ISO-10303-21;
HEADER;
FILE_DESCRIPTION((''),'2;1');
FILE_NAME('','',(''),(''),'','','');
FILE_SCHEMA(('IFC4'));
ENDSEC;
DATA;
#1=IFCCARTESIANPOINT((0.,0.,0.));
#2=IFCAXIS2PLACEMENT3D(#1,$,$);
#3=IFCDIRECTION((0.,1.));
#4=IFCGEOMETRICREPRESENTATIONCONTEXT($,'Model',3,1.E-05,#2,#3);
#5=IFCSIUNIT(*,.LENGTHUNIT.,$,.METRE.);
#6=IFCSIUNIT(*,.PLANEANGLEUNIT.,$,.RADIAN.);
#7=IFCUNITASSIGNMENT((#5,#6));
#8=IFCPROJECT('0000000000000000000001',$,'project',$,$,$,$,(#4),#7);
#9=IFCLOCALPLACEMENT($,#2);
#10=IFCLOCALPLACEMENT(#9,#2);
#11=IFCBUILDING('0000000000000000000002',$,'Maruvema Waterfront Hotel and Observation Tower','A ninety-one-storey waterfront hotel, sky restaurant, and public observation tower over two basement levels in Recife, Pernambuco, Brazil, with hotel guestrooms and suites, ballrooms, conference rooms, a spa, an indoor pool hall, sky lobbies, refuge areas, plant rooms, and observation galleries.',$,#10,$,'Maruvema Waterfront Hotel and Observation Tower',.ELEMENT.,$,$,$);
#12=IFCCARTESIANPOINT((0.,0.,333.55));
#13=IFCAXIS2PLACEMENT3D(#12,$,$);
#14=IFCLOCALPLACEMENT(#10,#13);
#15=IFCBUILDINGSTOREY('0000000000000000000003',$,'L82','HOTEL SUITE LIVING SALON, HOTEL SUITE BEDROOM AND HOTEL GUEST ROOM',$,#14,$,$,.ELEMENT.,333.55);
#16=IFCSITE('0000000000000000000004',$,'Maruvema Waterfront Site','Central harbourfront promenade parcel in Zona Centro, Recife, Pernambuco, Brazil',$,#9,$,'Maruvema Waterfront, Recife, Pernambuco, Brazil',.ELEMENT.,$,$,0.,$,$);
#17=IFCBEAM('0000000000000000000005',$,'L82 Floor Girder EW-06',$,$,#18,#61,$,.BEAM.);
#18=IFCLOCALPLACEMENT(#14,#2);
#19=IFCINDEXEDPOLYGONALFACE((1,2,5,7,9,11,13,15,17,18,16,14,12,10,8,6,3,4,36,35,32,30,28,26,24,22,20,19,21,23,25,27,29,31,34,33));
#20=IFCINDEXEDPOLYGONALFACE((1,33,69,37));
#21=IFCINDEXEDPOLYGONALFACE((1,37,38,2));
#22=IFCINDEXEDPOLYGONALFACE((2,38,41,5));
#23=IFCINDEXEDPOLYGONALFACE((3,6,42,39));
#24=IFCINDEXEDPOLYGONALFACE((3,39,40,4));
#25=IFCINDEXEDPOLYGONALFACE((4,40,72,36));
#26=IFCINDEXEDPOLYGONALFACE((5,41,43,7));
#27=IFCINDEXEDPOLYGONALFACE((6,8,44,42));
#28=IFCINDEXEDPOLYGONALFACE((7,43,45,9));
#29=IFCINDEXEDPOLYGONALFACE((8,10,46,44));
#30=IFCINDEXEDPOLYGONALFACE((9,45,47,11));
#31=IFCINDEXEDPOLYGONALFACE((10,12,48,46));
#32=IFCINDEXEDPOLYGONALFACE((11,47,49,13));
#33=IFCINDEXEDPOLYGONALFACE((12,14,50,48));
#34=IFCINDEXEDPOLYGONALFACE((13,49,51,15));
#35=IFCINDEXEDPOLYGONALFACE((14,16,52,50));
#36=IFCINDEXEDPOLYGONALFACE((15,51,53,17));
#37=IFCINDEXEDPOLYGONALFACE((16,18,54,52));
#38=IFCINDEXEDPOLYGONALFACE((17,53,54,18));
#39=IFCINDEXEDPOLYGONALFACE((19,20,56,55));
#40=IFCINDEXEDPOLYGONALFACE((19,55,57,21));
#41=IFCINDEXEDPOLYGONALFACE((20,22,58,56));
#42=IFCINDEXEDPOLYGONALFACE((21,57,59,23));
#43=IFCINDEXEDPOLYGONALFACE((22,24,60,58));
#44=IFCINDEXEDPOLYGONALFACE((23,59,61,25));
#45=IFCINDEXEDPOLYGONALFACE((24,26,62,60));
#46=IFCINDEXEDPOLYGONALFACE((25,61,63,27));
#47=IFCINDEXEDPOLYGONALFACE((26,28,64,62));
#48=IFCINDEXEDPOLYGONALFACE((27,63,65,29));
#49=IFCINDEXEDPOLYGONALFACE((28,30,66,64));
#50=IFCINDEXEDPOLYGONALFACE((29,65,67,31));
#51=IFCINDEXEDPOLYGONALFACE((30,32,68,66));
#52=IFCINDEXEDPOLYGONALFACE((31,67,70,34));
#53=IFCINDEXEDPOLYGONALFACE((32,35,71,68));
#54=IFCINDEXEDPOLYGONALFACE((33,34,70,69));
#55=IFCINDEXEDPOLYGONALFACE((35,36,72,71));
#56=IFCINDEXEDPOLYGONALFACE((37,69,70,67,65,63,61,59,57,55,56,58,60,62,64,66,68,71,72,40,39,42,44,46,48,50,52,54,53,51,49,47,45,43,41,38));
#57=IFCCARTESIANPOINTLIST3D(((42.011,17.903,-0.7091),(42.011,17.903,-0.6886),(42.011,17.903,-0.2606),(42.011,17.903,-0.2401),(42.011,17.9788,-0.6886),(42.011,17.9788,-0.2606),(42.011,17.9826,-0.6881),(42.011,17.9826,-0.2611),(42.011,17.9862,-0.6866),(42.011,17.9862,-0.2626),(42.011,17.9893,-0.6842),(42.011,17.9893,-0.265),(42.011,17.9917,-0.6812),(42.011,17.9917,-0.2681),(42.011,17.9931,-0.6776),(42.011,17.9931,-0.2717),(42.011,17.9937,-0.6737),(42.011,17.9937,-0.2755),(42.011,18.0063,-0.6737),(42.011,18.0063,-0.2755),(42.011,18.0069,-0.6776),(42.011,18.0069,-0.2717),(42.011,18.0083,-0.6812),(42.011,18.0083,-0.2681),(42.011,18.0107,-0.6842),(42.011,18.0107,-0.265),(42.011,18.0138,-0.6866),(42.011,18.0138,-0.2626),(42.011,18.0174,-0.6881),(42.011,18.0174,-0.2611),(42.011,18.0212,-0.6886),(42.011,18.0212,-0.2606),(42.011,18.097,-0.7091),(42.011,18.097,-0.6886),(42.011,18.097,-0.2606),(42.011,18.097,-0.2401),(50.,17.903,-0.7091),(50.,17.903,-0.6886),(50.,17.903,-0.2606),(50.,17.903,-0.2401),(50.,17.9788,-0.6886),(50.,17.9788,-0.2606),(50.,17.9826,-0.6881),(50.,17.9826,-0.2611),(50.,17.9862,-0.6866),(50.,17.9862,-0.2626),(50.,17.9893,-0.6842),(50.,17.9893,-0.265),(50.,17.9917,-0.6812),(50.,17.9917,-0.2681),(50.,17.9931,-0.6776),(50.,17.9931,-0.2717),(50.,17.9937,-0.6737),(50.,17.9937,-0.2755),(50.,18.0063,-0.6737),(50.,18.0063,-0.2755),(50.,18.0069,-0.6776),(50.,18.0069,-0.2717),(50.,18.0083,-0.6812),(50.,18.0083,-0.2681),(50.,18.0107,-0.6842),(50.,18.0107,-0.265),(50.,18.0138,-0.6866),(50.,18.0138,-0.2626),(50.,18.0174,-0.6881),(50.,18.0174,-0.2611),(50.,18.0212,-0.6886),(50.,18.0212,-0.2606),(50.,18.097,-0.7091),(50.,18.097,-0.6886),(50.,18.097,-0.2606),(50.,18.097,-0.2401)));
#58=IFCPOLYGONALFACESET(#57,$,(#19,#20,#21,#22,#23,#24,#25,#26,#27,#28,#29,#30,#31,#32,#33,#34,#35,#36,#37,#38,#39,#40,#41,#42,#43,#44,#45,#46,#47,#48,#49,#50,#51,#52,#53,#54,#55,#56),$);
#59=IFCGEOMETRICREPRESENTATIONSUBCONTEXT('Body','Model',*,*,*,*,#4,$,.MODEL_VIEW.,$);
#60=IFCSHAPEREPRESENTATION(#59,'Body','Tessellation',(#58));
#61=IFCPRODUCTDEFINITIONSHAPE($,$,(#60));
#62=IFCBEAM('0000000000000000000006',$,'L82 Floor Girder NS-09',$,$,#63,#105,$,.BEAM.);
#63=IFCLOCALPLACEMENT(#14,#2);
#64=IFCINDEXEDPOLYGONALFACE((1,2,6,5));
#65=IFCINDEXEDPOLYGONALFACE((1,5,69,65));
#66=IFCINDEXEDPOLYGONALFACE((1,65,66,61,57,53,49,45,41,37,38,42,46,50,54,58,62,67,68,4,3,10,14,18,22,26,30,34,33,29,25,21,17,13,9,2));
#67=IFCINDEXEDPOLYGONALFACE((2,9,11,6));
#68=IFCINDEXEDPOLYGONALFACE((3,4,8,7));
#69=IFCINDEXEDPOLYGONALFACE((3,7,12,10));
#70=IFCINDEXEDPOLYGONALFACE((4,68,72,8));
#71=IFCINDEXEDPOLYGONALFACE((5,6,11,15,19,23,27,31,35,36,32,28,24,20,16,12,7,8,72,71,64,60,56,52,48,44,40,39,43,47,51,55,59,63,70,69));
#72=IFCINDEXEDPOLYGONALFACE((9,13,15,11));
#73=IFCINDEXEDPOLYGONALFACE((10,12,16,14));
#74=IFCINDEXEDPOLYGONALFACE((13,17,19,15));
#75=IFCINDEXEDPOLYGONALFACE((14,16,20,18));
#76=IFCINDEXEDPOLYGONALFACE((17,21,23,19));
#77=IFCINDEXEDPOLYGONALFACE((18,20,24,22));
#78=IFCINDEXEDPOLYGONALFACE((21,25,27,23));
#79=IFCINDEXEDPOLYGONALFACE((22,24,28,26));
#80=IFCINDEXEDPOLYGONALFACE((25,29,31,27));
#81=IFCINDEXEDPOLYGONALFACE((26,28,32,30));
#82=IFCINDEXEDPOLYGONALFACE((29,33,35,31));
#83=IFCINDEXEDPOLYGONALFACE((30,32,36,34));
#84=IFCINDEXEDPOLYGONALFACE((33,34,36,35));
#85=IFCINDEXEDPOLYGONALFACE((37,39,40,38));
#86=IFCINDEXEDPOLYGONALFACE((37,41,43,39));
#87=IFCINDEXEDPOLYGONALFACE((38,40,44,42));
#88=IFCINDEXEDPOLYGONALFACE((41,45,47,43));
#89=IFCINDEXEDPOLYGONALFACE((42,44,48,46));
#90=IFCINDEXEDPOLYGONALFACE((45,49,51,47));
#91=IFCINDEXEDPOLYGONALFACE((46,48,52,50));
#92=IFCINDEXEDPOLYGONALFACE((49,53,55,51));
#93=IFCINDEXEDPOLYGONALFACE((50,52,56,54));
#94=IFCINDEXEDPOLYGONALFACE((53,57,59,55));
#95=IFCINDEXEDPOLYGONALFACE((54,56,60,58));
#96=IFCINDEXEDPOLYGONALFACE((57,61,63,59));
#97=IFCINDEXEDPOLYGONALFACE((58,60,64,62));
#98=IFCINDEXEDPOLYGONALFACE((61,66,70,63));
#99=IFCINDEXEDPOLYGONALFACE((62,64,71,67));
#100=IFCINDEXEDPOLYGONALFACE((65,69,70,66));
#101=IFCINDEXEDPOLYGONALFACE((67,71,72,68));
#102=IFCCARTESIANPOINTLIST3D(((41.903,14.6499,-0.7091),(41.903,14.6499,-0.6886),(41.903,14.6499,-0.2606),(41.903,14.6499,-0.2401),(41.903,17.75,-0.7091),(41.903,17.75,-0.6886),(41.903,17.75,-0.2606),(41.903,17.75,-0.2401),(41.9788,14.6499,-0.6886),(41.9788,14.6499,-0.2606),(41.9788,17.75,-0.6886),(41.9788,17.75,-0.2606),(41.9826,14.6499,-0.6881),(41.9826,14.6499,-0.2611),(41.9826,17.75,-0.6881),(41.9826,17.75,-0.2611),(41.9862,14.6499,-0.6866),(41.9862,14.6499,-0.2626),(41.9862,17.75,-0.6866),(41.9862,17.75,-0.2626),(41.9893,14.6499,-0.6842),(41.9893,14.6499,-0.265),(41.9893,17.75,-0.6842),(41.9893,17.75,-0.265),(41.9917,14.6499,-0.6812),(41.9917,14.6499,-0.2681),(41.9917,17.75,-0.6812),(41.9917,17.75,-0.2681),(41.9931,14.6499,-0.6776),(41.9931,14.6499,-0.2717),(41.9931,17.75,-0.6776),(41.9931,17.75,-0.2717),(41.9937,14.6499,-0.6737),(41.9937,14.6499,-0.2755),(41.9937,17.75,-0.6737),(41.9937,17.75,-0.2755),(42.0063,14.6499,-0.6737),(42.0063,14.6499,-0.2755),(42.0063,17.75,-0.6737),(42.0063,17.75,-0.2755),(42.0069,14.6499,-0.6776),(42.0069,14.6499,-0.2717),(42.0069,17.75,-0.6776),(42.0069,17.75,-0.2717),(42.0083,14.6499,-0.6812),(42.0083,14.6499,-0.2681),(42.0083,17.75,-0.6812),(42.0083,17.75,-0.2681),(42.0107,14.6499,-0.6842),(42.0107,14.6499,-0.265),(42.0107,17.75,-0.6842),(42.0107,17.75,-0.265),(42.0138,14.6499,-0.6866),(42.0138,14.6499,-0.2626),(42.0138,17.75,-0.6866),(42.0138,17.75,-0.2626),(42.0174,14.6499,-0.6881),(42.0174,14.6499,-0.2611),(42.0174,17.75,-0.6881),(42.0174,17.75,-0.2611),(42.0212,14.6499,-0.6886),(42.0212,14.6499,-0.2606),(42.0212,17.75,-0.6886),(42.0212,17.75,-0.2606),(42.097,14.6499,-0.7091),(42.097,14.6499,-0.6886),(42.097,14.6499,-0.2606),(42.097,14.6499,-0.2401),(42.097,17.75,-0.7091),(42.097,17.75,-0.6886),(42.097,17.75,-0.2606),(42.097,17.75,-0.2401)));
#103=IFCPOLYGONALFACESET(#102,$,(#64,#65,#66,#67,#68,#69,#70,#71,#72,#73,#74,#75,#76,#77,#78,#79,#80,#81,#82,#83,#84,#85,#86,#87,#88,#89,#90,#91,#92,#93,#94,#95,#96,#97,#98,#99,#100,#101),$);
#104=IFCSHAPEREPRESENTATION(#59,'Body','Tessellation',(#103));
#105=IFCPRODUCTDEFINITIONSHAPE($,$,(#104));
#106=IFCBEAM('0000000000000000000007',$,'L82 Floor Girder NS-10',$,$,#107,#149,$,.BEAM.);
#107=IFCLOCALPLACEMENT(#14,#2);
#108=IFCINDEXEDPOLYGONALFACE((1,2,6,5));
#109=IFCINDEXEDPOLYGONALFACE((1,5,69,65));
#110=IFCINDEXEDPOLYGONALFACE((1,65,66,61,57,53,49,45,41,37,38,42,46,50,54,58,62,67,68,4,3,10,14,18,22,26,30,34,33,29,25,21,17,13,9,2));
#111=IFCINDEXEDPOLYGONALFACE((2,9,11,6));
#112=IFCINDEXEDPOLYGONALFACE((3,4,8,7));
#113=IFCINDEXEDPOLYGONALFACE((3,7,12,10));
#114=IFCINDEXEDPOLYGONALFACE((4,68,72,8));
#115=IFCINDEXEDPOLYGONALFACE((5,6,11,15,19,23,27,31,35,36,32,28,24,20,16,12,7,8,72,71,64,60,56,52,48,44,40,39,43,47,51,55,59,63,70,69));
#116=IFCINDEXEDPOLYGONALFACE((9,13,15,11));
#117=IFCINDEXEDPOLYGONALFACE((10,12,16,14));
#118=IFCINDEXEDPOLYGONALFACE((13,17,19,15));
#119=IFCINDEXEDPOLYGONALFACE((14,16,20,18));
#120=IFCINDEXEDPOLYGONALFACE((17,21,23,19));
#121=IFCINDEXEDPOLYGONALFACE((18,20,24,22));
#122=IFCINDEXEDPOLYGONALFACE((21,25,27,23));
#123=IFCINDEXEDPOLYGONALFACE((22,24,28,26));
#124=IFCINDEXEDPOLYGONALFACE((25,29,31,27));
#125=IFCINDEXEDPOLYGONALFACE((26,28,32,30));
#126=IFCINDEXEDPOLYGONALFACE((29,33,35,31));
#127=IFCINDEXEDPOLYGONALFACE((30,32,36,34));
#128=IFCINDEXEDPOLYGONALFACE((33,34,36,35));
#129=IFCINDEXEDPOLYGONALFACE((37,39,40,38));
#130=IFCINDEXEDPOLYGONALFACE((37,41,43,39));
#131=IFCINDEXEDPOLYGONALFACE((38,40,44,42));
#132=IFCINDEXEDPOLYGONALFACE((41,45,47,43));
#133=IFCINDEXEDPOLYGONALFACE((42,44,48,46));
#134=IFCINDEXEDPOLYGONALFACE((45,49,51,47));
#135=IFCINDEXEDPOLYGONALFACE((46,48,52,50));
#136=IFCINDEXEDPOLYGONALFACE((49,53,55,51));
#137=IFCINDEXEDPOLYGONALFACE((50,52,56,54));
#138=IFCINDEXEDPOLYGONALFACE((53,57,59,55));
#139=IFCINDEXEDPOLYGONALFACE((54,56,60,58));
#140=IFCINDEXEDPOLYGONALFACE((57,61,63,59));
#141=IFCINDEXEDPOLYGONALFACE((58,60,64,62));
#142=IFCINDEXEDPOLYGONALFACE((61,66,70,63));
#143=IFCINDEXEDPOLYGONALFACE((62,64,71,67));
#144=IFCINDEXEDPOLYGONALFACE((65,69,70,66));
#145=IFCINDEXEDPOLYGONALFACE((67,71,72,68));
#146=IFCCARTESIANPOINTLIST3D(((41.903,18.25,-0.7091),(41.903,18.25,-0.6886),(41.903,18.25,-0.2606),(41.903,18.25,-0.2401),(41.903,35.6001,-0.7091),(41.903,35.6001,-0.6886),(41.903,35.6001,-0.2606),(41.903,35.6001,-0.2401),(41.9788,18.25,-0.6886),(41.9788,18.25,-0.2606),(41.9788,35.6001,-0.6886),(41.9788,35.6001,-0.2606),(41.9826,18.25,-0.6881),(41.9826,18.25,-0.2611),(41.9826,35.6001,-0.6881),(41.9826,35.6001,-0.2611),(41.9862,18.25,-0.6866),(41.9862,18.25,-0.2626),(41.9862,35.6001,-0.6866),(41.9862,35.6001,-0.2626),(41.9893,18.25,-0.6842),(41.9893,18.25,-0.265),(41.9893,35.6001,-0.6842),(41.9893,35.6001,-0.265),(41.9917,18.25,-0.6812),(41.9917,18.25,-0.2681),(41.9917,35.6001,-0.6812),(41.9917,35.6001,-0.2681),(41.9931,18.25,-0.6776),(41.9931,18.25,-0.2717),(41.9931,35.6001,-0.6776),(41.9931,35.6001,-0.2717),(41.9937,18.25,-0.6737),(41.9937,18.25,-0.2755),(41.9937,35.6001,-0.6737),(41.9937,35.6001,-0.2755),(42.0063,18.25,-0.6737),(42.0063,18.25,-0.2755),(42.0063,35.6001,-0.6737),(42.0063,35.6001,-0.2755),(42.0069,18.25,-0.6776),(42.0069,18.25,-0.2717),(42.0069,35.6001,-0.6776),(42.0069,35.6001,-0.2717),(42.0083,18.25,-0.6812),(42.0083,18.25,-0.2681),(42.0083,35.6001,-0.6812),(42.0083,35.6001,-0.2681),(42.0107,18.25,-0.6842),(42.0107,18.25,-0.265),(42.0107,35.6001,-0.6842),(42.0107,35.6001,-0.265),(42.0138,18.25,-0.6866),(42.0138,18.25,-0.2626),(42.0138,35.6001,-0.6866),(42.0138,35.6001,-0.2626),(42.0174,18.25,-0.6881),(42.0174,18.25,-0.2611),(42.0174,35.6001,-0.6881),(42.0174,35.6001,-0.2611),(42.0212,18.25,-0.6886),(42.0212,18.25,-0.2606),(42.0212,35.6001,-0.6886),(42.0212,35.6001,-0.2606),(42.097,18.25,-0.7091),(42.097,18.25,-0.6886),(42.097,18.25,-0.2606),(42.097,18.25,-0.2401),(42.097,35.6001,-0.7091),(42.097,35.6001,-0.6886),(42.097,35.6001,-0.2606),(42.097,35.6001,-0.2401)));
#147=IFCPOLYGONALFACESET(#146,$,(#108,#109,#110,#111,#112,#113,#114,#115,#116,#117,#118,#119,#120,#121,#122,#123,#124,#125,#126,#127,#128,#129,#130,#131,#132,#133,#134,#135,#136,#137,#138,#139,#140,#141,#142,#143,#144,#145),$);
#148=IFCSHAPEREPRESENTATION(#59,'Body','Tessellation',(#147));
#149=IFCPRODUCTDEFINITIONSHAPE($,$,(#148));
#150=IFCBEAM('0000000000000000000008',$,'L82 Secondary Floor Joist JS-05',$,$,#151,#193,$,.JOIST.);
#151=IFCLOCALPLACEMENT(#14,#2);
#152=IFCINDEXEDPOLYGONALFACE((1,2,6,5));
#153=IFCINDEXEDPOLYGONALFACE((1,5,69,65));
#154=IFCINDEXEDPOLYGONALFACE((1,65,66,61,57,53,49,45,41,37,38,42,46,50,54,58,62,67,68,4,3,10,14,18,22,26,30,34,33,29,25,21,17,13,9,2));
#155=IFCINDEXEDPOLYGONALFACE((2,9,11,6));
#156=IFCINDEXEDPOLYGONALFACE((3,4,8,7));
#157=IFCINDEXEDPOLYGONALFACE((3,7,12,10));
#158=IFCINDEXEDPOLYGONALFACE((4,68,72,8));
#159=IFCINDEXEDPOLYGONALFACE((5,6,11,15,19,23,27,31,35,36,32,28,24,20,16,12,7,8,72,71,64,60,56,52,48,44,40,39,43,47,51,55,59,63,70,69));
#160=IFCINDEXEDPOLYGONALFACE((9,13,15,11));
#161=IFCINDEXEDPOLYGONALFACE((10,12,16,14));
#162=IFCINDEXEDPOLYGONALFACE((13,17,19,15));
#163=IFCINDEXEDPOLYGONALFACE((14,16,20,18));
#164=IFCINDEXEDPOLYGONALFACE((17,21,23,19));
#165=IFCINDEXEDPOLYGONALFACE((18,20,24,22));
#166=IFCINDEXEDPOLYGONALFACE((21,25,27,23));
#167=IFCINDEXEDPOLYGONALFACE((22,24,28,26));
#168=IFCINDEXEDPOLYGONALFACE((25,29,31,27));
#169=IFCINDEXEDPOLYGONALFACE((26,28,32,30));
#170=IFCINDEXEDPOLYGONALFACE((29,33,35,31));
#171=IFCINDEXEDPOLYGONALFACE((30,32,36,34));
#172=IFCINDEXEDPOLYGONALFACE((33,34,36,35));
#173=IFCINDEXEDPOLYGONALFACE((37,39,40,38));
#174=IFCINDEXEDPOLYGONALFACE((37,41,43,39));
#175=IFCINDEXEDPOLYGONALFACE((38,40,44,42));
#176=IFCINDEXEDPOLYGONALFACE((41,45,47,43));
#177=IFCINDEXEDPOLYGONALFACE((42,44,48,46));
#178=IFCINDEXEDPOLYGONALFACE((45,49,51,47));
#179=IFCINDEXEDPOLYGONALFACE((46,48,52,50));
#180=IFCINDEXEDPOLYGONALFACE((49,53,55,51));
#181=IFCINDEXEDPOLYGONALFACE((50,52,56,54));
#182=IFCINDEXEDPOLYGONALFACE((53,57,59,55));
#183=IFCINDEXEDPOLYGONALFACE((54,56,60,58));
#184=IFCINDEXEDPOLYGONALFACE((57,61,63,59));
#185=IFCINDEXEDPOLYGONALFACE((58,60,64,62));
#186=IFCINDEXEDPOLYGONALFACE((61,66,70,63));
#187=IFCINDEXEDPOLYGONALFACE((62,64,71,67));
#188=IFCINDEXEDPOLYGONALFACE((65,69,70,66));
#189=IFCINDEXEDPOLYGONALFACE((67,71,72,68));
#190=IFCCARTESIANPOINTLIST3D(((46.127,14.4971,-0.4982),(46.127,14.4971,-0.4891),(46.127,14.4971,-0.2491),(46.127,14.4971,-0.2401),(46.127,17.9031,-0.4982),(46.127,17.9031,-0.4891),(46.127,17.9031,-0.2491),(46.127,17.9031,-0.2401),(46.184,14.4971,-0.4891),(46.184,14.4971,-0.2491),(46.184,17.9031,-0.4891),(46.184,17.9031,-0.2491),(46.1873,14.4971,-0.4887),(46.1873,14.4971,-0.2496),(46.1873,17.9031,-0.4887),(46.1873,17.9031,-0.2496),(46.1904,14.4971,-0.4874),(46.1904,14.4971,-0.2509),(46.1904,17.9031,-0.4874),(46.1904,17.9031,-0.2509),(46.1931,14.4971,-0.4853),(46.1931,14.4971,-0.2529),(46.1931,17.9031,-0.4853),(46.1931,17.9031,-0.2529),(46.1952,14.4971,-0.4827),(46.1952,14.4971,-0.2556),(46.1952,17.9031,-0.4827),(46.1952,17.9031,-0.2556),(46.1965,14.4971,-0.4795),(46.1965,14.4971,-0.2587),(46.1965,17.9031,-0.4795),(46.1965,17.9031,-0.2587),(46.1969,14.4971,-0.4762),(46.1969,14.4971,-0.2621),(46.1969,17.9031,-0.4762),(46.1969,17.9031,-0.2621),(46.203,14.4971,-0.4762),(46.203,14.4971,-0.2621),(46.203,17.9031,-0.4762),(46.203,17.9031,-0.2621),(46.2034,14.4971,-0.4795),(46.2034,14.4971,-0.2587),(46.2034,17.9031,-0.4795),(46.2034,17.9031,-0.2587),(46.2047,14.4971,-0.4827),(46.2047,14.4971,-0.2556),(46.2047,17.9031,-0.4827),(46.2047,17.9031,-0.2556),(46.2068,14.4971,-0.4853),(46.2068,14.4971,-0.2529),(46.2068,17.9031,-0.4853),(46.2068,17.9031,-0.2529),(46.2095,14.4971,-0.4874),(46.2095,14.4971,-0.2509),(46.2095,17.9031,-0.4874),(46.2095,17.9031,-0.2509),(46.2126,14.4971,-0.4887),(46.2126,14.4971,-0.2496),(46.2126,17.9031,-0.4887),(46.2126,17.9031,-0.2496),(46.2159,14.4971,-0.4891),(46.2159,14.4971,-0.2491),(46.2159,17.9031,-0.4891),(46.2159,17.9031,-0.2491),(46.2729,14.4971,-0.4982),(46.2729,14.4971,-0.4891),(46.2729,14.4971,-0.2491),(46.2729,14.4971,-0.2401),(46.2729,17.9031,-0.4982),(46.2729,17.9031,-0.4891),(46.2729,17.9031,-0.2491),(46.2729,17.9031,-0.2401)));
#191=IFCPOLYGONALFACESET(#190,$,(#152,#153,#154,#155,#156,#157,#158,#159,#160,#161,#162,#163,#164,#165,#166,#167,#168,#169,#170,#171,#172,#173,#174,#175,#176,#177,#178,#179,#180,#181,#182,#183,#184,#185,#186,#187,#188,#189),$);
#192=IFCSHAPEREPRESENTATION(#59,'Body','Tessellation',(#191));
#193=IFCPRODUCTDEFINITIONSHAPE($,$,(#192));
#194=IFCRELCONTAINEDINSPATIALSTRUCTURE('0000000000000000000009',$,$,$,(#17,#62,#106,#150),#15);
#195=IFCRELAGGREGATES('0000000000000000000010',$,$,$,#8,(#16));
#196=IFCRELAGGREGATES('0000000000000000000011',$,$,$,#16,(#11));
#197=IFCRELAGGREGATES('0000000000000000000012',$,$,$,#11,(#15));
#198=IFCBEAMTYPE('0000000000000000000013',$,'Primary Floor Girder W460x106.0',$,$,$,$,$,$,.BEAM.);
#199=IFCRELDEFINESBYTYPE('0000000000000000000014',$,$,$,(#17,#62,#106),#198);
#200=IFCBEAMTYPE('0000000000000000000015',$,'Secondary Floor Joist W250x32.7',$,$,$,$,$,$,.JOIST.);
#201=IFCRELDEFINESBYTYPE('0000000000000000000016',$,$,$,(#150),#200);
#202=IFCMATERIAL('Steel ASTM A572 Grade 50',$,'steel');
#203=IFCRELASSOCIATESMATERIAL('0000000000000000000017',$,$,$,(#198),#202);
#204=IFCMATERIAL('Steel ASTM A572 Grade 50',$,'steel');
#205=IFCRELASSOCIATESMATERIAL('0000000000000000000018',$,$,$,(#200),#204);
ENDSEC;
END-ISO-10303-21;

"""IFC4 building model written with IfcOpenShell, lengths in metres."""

from ifc_helpers import new_model, si_unit, direction, frame, origin, origin_2d, place, context, subcontext, project, spatial, i_section, extrude, material, material_profile, profile_set, type_object, element, save


model = new_model("IFC4")

# Units and contexts
model_context = context("Model", 3, precision=1e-05, world=origin(), true_north=direction((0.0, 1.0)))
body_context = subcontext(model_context, "Body", "Model", "MODEL_VIEW")
ifc_project = project(units=[si_unit("LENGTHUNIT", "METRE"), si_unit("PLANEANGLEUNIT", "RADIAN")], contexts=[model_context])

# Site, building, storey
site_placement = place(None, origin())
site = spatial("IfcSite", under=ifc_project, at=site_placement, Name="Maruvema Waterfront Site", Description="Central harbourfront promenade parcel in Zona Centro, Recife, Pernambuco, Brazil", LongName="Maruvema Waterfront, Recife, Pernambuco, Brazil", CompositionType="ELEMENT", RefElevation=0.0)
building_placement = place(site_placement, origin())
building = spatial("IfcBuilding", under=site, at=building_placement, Name="Maruvema Waterfront Hotel and Observation Tower", Description="A ninety-one-storey waterfront hotel, sky restaurant, and public observation tower over two basement levels in Recife, Pernambuco, Brazil, with hotel guestrooms and suites, ballrooms, conference rooms, a spa, an indoor pool hall, sky lobbies, refuge areas, plant rooms, and observation galleries.", LongName="Maruvema Waterfront Hotel and Observation Tower", CompositionType="ELEMENT")
storey_placement = place(building_placement, frame((0.0, 0.0, 333.55)))
storey = spatial("IfcBuildingStorey", under=building, at=storey_placement, Name="L82", Description="HOTEL SUITE LIVING SALON, HOTEL SUITE BEDROOM AND HOTEL GUEST ROOM", CompositionType="ELEMENT", Elevation=333.55)

# Beams
ifc_material_1 = material(Name="Steel ASTM A572 Grade 50", Category="steel")
ifc_material_profile_1 = material_profile(ifc_material_1, i_section(OverallWidth=0.1941, OverallDepth=0.469, WebThickness=0.0127, FlangeThickness=0.0205, FilletRadius=0.0149, at=origin_2d()), Name="W460x106.0")
ifc_profile_set_1 = profile_set([ifc_material_profile_1], Name="Steel ASTM A572 Grade 50")
beam_type_1 = type_object("IfcBeamType", Name="Primary Floor Girder W460x106.0", PredefinedType="BEAM", material=ifc_profile_set_1)
beam_1_placement = place(storey_placement, frame((42.011, 18.0, -0.4746), z_axis=(1.0, 0.0, 0.0), x_axis=(0.0, 1.0, 0.0)))
element("IfcBeam", 1, at=beam_1_placement, inside=storey, type_object=beam_type_1, Name="L82 Floor Girder EW-06", PredefinedType="BEAM", context=body_context, shape_type="SweptSolid", body=[
    extrude(i_section(OverallWidth=0.1941, OverallDepth=0.469, WebThickness=0.0127, FlangeThickness=0.0205, FilletRadius=0.0149, at=origin_2d()), origin(), (0.0, 0.0, 1.0), 7.989),
])
beam_2_placement = place(storey_placement, frame((42.0, 14.6499, -0.4746), z_axis=(0.0, 1.0, 0.0), x_axis=(-1.0, 0.0, 0.0)))
element("IfcBeam", 2, at=beam_2_placement, inside=storey, type_object=beam_type_1, Name="L82 Floor Girder NS-09", PredefinedType="BEAM", context=body_context, shape_type="SweptSolid", body=[
    extrude(i_section(OverallWidth=0.1941, OverallDepth=0.469, WebThickness=0.0127, FlangeThickness=0.0205, FilletRadius=0.0149, at=origin_2d()), origin(), (0.0, 0.0, 1.0), 3.1001),
])
beam_3_placement = place(storey_placement, frame((42.0, 18.25, -0.4746), z_axis=(0.0, 1.0, 0.0), x_axis=(-1.0, 0.0, 0.0)))
element("IfcBeam", 3, at=beam_3_placement, inside=storey, type_object=beam_type_1, Name="L82 Floor Girder NS-10", PredefinedType="BEAM", context=body_context, shape_type="SweptSolid", body=[
    extrude(i_section(OverallWidth=0.1941, OverallDepth=0.469, WebThickness=0.0127, FlangeThickness=0.0205, FilletRadius=0.0149, at=origin_2d()), origin(), (0.0, 0.0, 1.0), 17.3501),
])
ifc_material_2 = material(Name="Steel ASTM A572 Grade 50", Category="steel")
ifc_material_profile_2 = material_profile(ifc_material_2, i_section(OverallWidth=0.146, OverallDepth=0.2581, WebThickness=0.0061, FlangeThickness=0.009, FilletRadius=0.0129, at=origin_2d()), Name="W250x32.7")
ifc_profile_set_2 = profile_set([ifc_material_profile_2], Name="Steel ASTM A572 Grade 50")
beam_type_2 = type_object("IfcBeamType", Name="Secondary Floor Joist W250x32.7", PredefinedType="JOIST", material=ifc_profile_set_2)
beam_4_placement = place(storey_placement, frame((46.2, 14.4971, -0.3691), z_axis=(0.0, 1.0, 0.0), x_axis=(-1.0, 0.0, 0.0)))
element("IfcBeam", 4, at=beam_4_placement, inside=storey, type_object=beam_type_2, Name="L82 Secondary Floor Joist JS-05", PredefinedType="JOIST", context=body_context, shape_type="SweptSolid", body=[
    extrude(i_section(OverallWidth=0.146, OverallDepth=0.2581, WebThickness=0.0061, FlangeThickness=0.009, FilletRadius=0.0129, at=origin_2d()), origin(), (0.0, 0.0, 1.0), 3.406),
])

save(model, "model.ifc")
